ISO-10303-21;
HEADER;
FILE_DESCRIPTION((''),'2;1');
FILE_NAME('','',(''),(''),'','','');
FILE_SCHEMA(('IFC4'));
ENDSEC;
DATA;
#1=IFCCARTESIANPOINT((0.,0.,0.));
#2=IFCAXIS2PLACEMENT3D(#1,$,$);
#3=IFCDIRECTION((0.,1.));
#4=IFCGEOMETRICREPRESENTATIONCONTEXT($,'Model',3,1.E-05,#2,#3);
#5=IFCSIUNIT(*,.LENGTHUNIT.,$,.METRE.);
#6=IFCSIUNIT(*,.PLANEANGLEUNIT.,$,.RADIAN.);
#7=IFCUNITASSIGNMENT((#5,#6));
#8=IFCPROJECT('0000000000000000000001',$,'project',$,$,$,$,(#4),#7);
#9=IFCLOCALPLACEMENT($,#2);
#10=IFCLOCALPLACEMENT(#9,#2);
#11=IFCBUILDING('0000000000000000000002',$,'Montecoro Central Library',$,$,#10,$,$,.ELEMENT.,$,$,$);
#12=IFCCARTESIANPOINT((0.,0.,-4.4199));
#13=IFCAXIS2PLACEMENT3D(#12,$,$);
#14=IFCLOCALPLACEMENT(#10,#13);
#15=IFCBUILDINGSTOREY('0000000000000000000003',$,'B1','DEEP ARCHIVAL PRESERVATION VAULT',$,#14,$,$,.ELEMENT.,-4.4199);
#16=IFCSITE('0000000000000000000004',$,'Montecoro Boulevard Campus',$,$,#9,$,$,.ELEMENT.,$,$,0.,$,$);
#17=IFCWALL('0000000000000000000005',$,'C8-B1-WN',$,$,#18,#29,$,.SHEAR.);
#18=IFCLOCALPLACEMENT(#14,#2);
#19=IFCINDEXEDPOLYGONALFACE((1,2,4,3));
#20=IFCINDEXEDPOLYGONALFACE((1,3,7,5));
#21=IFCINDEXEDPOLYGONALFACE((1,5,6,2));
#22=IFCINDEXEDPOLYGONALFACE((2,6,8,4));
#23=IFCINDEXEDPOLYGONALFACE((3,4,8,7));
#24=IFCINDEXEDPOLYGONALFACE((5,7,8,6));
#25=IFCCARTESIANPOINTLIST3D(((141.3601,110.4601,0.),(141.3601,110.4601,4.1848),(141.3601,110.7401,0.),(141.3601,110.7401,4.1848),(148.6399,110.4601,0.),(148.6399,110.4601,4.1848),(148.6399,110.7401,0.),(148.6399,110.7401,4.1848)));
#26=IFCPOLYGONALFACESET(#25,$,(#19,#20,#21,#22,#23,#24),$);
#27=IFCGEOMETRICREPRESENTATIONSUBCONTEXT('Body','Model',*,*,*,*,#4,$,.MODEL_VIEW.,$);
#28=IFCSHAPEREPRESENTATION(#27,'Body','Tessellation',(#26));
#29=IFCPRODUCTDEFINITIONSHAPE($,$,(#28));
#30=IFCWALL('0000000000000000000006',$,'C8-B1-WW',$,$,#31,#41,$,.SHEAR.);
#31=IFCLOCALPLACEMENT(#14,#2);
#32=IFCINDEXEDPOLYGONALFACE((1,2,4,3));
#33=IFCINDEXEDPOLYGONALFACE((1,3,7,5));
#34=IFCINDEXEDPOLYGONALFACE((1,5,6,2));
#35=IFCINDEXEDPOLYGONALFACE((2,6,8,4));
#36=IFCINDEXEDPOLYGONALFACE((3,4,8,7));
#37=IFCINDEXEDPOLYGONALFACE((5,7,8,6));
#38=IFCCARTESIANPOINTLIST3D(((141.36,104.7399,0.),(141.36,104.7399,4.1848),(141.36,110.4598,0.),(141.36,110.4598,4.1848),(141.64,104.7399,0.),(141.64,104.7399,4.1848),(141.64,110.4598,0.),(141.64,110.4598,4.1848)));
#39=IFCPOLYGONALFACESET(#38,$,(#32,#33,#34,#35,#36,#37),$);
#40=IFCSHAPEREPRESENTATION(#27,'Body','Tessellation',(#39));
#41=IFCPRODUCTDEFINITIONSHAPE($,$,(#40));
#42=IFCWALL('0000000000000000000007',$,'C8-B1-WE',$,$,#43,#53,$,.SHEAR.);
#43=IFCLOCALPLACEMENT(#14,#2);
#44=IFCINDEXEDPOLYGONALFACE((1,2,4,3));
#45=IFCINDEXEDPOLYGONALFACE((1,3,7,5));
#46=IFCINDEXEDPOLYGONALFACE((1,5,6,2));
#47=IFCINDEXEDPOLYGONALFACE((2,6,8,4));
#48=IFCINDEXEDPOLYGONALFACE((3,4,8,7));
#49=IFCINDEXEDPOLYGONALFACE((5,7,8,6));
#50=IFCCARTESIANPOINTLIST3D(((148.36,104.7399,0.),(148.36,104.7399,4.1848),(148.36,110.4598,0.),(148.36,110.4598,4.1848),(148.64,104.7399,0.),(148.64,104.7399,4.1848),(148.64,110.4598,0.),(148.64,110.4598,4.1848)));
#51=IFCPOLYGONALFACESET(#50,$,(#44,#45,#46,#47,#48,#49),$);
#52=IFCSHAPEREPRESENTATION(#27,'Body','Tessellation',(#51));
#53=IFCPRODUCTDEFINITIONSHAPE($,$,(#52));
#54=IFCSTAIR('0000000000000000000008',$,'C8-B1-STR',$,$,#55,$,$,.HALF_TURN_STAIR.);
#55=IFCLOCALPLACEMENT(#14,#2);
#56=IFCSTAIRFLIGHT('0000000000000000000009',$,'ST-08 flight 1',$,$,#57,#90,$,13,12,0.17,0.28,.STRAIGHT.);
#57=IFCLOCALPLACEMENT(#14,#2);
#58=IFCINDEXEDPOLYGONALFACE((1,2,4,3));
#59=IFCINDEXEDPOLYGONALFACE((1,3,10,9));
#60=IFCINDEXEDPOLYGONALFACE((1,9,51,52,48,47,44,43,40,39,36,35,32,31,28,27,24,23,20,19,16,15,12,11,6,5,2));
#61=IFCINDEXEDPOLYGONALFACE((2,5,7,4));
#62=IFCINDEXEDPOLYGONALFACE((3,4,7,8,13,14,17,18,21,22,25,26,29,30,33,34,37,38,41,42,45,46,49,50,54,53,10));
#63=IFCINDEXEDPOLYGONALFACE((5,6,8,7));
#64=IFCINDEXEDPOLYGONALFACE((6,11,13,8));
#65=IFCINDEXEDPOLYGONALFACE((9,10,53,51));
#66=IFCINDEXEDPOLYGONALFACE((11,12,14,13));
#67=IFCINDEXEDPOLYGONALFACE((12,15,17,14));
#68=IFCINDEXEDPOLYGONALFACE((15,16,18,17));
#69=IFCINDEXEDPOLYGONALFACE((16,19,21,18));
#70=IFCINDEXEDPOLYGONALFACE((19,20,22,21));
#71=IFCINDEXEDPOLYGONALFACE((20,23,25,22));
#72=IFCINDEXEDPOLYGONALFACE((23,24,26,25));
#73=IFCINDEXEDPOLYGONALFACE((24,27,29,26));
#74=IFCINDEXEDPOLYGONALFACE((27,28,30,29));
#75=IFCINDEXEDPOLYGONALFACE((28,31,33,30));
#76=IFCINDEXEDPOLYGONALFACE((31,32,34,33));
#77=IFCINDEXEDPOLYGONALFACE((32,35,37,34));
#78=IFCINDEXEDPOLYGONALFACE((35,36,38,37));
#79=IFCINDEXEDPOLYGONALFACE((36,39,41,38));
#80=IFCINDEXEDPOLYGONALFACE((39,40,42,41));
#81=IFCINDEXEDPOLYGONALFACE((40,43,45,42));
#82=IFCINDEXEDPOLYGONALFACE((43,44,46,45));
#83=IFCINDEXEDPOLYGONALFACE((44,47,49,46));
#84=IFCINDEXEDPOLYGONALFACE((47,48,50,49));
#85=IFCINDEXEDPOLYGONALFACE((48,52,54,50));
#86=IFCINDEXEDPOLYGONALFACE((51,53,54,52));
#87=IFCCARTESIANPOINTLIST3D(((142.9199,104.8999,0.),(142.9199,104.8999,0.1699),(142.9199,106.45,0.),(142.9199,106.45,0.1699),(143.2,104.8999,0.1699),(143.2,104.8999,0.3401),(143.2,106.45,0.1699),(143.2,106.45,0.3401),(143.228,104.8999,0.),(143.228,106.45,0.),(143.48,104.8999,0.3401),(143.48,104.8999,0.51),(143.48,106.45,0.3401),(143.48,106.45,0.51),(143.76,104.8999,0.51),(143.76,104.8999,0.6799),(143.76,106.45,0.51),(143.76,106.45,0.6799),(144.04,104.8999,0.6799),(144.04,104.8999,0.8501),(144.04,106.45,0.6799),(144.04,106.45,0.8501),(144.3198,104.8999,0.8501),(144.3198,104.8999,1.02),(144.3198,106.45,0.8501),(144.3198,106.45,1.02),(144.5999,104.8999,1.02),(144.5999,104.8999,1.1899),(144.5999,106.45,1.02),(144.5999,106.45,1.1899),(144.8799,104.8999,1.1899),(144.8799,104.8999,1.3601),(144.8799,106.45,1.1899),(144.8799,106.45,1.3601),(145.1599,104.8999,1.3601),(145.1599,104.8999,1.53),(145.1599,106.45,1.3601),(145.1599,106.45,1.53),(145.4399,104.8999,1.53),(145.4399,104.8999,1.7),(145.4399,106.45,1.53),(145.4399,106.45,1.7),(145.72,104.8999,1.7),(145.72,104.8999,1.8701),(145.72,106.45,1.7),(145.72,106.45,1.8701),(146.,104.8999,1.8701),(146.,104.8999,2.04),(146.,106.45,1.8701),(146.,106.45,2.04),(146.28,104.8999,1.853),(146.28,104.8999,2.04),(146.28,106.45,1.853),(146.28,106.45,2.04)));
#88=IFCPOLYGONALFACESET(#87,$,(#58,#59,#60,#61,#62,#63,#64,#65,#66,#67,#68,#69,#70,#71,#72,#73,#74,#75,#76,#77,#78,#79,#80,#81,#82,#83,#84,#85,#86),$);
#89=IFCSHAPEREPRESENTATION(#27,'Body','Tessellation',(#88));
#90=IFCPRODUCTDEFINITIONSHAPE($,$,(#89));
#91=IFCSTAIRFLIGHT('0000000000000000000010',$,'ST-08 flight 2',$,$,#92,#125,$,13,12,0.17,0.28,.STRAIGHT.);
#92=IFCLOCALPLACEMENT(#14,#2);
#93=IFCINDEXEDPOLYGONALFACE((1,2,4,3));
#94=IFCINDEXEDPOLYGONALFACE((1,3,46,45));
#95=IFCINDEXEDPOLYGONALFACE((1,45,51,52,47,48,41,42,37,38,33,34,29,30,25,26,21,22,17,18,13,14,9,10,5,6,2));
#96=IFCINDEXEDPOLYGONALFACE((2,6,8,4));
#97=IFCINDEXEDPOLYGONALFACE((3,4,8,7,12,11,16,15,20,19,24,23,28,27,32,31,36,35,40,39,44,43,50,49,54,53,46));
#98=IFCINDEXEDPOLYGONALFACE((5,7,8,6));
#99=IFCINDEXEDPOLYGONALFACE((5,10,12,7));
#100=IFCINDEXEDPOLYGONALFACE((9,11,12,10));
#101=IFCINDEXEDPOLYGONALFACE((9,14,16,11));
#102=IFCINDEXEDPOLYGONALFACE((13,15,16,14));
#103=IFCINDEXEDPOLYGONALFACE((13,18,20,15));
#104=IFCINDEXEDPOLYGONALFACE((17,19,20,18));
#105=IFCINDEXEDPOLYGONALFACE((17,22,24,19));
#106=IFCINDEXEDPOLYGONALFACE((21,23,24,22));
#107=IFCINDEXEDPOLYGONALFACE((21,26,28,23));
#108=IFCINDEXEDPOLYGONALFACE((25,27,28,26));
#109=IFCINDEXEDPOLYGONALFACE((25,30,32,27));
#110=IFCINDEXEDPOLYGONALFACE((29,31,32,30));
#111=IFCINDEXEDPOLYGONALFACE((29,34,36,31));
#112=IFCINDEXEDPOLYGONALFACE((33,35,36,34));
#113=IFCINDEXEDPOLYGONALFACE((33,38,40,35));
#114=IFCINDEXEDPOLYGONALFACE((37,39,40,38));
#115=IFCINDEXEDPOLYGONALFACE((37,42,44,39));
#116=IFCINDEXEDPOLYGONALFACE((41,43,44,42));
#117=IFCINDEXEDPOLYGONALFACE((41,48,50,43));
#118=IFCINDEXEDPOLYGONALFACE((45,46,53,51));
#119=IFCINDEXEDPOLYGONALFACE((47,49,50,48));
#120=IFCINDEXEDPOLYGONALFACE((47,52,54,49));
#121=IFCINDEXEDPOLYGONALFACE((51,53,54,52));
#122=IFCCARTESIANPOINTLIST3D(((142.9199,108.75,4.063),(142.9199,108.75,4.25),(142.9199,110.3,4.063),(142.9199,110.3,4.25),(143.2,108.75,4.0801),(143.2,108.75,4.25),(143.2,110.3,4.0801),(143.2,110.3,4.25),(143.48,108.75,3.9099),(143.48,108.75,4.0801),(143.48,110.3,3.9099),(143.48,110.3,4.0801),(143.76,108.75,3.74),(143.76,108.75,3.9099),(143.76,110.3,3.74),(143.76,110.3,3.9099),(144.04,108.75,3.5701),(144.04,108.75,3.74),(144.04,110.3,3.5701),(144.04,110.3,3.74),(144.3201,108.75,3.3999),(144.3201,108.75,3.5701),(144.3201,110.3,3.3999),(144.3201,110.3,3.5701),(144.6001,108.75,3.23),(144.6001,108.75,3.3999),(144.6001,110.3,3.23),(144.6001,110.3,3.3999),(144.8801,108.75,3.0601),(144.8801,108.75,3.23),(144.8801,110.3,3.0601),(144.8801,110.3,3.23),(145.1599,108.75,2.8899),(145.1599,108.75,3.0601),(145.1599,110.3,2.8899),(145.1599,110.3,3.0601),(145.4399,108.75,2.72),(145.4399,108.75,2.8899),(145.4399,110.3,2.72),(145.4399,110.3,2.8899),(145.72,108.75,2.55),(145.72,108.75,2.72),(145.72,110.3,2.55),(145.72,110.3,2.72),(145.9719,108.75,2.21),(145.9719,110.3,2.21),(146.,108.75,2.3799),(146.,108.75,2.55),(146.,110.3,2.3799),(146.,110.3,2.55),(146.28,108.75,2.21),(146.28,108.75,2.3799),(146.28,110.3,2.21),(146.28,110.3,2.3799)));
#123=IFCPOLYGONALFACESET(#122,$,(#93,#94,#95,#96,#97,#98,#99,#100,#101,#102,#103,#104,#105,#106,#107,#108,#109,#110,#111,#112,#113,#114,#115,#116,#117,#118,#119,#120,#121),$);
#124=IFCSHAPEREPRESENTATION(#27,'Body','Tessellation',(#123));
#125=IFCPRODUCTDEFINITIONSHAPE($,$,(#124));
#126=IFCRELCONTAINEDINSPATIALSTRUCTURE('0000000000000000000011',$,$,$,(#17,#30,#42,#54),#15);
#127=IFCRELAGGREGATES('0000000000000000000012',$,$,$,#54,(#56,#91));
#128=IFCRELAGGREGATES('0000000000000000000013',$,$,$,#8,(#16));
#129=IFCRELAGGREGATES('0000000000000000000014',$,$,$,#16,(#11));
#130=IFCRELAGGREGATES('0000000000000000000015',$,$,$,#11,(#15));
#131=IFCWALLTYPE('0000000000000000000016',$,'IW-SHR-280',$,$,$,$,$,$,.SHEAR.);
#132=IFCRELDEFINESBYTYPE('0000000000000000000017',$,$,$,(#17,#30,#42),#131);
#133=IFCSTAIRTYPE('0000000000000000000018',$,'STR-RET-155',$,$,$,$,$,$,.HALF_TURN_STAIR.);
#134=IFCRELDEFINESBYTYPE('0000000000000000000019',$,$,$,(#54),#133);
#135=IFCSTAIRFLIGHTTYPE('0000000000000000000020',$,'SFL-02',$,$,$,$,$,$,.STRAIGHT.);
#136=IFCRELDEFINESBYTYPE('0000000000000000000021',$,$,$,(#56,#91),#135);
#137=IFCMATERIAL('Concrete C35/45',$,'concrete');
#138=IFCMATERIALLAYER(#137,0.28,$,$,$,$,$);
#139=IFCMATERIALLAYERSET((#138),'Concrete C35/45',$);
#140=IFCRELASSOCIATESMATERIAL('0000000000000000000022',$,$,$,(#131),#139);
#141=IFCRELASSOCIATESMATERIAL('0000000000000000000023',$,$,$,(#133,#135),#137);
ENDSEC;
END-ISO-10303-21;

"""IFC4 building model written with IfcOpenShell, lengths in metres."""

from ifc_helpers import new_model, si_unit, direction, frame, frame_2d, origin, place, context, subcontext, project, spatial, polyline, rectangle, outline, extrude, material, layer, layer_set, type_object, element, aggregate, save


model = new_model("IFC4")

# Units and contexts
model_context = context("Model", 3, precision=1e-05, world=origin(), true_north=direction((0.0, 1.0)))
body_context = subcontext(model_context, "Body", "Model", "MODEL_VIEW")
ifc_project = project(units=[si_unit("LENGTHUNIT", "METRE"), si_unit("PLANEANGLEUNIT", "RADIAN")], contexts=[model_context])

# Site, building, storey
site_placement = place(None, origin())
site = spatial("IfcSite", under=ifc_project, at=site_placement, Name="Montecoro Boulevard Campus", CompositionType="ELEMENT", RefElevation=0.0)
building_placement = place(site_placement, origin())
building = spatial("IfcBuilding", under=site, at=building_placement, Name="Montecoro Central Library", CompositionType="ELEMENT")
storey_placement = place(building_placement, frame((0.0, 0.0, -4.4199)))
storey = spatial("IfcBuildingStorey", under=building, at=storey_placement, Name="B1", Description="DEEP ARCHIVAL PRESERVATION VAULT", CompositionType="ELEMENT", Elevation=-4.4199)

# Shared definitions
ifc_material_1 = material(Name="Concrete C35/45", Category="concrete")

# Shared definitions
ifc_layer_1 = layer(ifc_material_1, 0.28)
ifc_layer_set_1 = layer_set([ifc_layer_1], Name="Concrete C35/45")
wall_type_1 = type_object("IfcWallType", Name="IW-SHR-280", PredefinedType="SHEAR", material=ifc_layer_set_1)

# Walls
wall_1_placement = place(storey_placement, frame((141.3601, 110.6001, 0.0), z_axis=(0.0, 0.0, 1.0), x_axis=(1.0, 0.0, 0.0)))
element("IfcWall", 1, at=wall_1_placement, inside=storey, type_object=wall_type_1, Name="C8-B1-WN", PredefinedType="SHEAR", context=body_context, shape_type="SweptSolid", body=[
    extrude(rectangle(XDim=7.2798, YDim=0.28, at=frame_2d((3.6399, 0.0))), origin(), (0.0, 0.0, 1.0), 4.1848),
])
for number, where, z_axis, x_axis, name in (
    (2, (141.5, 104.74, 0.0), (0.0, 0.0, 1.0), (0.0, 1.0, 0.0), "C8-B1-WW"),
    (3, (148.5, 104.74, 0.0), (0.0, 0.0, 1.0), (0.0, 1.0, 0.0), "C8-B1-WE"),
):
    element("IfcWall", number, at=place(storey_placement, frame(where, z_axis=z_axis, x_axis=x_axis)), inside=storey, type_object=wall_type_1, Name=name, PredefinedType="SHEAR", context=body_context, shape_type="SweptSolid", body=[
        extrude(rectangle(XDim=5.72, YDim=0.28, at=frame_2d((2.8599, 0.0))), origin(), (0.0, 0.0, 1.0), 4.1848),
    ])

# Stair, stair flights
stair_type = type_object("IfcStairType", Name="STR-RET-155", PredefinedType="HALF_TURN_STAIR", material=ifc_material_1)
stair_placement = place(storey_placement, origin())
stair = element("IfcStair", 4, at=stair_placement, inside=storey, type_object=stair_type, Name="C8-B1-STR", PredefinedType="HALF_TURN_STAIR")
stair_flight_type = type_object("IfcStairFlightType", Name="SFL-02", PredefinedType="STRAIGHT", material=ifc_material_1)
stair_flight_1_placement = place(storey_placement, frame((142.9199, 105.675, 0.0), z_axis=(0.0, 0.0, 1.0), x_axis=(1.0, 0.0, 0.0)))
stair_flight_1 = element("IfcStairFlight", 5, at=stair_flight_1_placement, type_object=stair_flight_type, Name="ST-08 flight 1", NumberOfRisers=13, NumberOfTreads=12, PredefinedType="STRAIGHT", RiserHeight=0.17, TreadLength=0.28, context=body_context, shape_type="SweptSolid", body=[
    extrude(outline(polyline([(0.0, 0.0), (0.0, 0.1699), (0.28, 0.1699), (0.28, 0.3401), (0.5601, 0.3401), (0.5601, 0.51), (0.8401, 0.51), (0.8401, 0.6799), (1.1201, 0.6799), (1.1201, 0.8501), (1.3999, 0.8501), (1.3999, 1.02), (1.6799, 1.02), (1.6799, 1.1899), (1.96, 1.1899), (1.96, 1.3601), (2.24, 1.3601), (2.24, 1.53), (2.52, 1.53), (2.52, 1.7), (2.8, 1.7), (2.8, 1.8701), (3.0801, 1.8701), (3.0801, 2.04), (3.3601, 2.04), (3.3601, 2.21), (3.3601, 1.853), (0.3081, 0.0), (0.0, 0.0)])), frame((0.0, 0.7749, 0.0), z_axis=(0.0, -1.0, 0.0), x_axis=(1.0, 0.0, 0.0)), (0.0, 0.0, 1.0), 1.55),
])
stair_flight_2_placement = place(storey_placement, frame((146.28, 109.5249, 2.21), z_axis=(0.0, 0.0, 1.0), x_axis=(-1.0, 0.0, 0.0)))
stair_flight_2 = element("IfcStairFlight", 6, at=stair_flight_2_placement, type_object=stair_flight_type, Name="ST-08 flight 2", NumberOfRisers=13, NumberOfTreads=12, PredefinedType="STRAIGHT", RiserHeight=0.17, TreadLength=0.28, context=body_context, shape_type="SweptSolid", body=[
    extrude(outline(polyline([(0.0, 0.0), (0.0, 0.1699), (0.28, 0.1699), (0.28, 0.3401), (0.5601, 0.3401), (0.5601, 0.51), (0.8401, 0.51), (0.8401, 0.6799), (1.1201, 0.6799), (1.1201, 0.8501), (1.3999, 0.8501), (1.3999, 1.02), (1.6799, 1.02), (1.6799, 1.1899), (1.96, 1.1899), (1.96, 1.3601), (2.24, 1.3601), (2.24, 1.53), (2.52, 1.53), (2.52, 1.7), (2.8, 1.7), (2.8, 1.8701), (3.0801, 1.8701), (3.0801, 2.04), (3.3601, 2.04), (3.3601, 2.21), (3.3601, 1.853), (0.3081, 0.0), (0.0, 0.0)])), frame((0.0, 0.7749, 0.0), z_axis=(0.0, -1.0, 0.0), x_axis=(1.0, 0.0, 0.0)), (0.0, 0.0, 1.0), 1.55),
])
aggregate(stair, [stair_flight_1, stair_flight_2])

save(model, "model.ifc")
